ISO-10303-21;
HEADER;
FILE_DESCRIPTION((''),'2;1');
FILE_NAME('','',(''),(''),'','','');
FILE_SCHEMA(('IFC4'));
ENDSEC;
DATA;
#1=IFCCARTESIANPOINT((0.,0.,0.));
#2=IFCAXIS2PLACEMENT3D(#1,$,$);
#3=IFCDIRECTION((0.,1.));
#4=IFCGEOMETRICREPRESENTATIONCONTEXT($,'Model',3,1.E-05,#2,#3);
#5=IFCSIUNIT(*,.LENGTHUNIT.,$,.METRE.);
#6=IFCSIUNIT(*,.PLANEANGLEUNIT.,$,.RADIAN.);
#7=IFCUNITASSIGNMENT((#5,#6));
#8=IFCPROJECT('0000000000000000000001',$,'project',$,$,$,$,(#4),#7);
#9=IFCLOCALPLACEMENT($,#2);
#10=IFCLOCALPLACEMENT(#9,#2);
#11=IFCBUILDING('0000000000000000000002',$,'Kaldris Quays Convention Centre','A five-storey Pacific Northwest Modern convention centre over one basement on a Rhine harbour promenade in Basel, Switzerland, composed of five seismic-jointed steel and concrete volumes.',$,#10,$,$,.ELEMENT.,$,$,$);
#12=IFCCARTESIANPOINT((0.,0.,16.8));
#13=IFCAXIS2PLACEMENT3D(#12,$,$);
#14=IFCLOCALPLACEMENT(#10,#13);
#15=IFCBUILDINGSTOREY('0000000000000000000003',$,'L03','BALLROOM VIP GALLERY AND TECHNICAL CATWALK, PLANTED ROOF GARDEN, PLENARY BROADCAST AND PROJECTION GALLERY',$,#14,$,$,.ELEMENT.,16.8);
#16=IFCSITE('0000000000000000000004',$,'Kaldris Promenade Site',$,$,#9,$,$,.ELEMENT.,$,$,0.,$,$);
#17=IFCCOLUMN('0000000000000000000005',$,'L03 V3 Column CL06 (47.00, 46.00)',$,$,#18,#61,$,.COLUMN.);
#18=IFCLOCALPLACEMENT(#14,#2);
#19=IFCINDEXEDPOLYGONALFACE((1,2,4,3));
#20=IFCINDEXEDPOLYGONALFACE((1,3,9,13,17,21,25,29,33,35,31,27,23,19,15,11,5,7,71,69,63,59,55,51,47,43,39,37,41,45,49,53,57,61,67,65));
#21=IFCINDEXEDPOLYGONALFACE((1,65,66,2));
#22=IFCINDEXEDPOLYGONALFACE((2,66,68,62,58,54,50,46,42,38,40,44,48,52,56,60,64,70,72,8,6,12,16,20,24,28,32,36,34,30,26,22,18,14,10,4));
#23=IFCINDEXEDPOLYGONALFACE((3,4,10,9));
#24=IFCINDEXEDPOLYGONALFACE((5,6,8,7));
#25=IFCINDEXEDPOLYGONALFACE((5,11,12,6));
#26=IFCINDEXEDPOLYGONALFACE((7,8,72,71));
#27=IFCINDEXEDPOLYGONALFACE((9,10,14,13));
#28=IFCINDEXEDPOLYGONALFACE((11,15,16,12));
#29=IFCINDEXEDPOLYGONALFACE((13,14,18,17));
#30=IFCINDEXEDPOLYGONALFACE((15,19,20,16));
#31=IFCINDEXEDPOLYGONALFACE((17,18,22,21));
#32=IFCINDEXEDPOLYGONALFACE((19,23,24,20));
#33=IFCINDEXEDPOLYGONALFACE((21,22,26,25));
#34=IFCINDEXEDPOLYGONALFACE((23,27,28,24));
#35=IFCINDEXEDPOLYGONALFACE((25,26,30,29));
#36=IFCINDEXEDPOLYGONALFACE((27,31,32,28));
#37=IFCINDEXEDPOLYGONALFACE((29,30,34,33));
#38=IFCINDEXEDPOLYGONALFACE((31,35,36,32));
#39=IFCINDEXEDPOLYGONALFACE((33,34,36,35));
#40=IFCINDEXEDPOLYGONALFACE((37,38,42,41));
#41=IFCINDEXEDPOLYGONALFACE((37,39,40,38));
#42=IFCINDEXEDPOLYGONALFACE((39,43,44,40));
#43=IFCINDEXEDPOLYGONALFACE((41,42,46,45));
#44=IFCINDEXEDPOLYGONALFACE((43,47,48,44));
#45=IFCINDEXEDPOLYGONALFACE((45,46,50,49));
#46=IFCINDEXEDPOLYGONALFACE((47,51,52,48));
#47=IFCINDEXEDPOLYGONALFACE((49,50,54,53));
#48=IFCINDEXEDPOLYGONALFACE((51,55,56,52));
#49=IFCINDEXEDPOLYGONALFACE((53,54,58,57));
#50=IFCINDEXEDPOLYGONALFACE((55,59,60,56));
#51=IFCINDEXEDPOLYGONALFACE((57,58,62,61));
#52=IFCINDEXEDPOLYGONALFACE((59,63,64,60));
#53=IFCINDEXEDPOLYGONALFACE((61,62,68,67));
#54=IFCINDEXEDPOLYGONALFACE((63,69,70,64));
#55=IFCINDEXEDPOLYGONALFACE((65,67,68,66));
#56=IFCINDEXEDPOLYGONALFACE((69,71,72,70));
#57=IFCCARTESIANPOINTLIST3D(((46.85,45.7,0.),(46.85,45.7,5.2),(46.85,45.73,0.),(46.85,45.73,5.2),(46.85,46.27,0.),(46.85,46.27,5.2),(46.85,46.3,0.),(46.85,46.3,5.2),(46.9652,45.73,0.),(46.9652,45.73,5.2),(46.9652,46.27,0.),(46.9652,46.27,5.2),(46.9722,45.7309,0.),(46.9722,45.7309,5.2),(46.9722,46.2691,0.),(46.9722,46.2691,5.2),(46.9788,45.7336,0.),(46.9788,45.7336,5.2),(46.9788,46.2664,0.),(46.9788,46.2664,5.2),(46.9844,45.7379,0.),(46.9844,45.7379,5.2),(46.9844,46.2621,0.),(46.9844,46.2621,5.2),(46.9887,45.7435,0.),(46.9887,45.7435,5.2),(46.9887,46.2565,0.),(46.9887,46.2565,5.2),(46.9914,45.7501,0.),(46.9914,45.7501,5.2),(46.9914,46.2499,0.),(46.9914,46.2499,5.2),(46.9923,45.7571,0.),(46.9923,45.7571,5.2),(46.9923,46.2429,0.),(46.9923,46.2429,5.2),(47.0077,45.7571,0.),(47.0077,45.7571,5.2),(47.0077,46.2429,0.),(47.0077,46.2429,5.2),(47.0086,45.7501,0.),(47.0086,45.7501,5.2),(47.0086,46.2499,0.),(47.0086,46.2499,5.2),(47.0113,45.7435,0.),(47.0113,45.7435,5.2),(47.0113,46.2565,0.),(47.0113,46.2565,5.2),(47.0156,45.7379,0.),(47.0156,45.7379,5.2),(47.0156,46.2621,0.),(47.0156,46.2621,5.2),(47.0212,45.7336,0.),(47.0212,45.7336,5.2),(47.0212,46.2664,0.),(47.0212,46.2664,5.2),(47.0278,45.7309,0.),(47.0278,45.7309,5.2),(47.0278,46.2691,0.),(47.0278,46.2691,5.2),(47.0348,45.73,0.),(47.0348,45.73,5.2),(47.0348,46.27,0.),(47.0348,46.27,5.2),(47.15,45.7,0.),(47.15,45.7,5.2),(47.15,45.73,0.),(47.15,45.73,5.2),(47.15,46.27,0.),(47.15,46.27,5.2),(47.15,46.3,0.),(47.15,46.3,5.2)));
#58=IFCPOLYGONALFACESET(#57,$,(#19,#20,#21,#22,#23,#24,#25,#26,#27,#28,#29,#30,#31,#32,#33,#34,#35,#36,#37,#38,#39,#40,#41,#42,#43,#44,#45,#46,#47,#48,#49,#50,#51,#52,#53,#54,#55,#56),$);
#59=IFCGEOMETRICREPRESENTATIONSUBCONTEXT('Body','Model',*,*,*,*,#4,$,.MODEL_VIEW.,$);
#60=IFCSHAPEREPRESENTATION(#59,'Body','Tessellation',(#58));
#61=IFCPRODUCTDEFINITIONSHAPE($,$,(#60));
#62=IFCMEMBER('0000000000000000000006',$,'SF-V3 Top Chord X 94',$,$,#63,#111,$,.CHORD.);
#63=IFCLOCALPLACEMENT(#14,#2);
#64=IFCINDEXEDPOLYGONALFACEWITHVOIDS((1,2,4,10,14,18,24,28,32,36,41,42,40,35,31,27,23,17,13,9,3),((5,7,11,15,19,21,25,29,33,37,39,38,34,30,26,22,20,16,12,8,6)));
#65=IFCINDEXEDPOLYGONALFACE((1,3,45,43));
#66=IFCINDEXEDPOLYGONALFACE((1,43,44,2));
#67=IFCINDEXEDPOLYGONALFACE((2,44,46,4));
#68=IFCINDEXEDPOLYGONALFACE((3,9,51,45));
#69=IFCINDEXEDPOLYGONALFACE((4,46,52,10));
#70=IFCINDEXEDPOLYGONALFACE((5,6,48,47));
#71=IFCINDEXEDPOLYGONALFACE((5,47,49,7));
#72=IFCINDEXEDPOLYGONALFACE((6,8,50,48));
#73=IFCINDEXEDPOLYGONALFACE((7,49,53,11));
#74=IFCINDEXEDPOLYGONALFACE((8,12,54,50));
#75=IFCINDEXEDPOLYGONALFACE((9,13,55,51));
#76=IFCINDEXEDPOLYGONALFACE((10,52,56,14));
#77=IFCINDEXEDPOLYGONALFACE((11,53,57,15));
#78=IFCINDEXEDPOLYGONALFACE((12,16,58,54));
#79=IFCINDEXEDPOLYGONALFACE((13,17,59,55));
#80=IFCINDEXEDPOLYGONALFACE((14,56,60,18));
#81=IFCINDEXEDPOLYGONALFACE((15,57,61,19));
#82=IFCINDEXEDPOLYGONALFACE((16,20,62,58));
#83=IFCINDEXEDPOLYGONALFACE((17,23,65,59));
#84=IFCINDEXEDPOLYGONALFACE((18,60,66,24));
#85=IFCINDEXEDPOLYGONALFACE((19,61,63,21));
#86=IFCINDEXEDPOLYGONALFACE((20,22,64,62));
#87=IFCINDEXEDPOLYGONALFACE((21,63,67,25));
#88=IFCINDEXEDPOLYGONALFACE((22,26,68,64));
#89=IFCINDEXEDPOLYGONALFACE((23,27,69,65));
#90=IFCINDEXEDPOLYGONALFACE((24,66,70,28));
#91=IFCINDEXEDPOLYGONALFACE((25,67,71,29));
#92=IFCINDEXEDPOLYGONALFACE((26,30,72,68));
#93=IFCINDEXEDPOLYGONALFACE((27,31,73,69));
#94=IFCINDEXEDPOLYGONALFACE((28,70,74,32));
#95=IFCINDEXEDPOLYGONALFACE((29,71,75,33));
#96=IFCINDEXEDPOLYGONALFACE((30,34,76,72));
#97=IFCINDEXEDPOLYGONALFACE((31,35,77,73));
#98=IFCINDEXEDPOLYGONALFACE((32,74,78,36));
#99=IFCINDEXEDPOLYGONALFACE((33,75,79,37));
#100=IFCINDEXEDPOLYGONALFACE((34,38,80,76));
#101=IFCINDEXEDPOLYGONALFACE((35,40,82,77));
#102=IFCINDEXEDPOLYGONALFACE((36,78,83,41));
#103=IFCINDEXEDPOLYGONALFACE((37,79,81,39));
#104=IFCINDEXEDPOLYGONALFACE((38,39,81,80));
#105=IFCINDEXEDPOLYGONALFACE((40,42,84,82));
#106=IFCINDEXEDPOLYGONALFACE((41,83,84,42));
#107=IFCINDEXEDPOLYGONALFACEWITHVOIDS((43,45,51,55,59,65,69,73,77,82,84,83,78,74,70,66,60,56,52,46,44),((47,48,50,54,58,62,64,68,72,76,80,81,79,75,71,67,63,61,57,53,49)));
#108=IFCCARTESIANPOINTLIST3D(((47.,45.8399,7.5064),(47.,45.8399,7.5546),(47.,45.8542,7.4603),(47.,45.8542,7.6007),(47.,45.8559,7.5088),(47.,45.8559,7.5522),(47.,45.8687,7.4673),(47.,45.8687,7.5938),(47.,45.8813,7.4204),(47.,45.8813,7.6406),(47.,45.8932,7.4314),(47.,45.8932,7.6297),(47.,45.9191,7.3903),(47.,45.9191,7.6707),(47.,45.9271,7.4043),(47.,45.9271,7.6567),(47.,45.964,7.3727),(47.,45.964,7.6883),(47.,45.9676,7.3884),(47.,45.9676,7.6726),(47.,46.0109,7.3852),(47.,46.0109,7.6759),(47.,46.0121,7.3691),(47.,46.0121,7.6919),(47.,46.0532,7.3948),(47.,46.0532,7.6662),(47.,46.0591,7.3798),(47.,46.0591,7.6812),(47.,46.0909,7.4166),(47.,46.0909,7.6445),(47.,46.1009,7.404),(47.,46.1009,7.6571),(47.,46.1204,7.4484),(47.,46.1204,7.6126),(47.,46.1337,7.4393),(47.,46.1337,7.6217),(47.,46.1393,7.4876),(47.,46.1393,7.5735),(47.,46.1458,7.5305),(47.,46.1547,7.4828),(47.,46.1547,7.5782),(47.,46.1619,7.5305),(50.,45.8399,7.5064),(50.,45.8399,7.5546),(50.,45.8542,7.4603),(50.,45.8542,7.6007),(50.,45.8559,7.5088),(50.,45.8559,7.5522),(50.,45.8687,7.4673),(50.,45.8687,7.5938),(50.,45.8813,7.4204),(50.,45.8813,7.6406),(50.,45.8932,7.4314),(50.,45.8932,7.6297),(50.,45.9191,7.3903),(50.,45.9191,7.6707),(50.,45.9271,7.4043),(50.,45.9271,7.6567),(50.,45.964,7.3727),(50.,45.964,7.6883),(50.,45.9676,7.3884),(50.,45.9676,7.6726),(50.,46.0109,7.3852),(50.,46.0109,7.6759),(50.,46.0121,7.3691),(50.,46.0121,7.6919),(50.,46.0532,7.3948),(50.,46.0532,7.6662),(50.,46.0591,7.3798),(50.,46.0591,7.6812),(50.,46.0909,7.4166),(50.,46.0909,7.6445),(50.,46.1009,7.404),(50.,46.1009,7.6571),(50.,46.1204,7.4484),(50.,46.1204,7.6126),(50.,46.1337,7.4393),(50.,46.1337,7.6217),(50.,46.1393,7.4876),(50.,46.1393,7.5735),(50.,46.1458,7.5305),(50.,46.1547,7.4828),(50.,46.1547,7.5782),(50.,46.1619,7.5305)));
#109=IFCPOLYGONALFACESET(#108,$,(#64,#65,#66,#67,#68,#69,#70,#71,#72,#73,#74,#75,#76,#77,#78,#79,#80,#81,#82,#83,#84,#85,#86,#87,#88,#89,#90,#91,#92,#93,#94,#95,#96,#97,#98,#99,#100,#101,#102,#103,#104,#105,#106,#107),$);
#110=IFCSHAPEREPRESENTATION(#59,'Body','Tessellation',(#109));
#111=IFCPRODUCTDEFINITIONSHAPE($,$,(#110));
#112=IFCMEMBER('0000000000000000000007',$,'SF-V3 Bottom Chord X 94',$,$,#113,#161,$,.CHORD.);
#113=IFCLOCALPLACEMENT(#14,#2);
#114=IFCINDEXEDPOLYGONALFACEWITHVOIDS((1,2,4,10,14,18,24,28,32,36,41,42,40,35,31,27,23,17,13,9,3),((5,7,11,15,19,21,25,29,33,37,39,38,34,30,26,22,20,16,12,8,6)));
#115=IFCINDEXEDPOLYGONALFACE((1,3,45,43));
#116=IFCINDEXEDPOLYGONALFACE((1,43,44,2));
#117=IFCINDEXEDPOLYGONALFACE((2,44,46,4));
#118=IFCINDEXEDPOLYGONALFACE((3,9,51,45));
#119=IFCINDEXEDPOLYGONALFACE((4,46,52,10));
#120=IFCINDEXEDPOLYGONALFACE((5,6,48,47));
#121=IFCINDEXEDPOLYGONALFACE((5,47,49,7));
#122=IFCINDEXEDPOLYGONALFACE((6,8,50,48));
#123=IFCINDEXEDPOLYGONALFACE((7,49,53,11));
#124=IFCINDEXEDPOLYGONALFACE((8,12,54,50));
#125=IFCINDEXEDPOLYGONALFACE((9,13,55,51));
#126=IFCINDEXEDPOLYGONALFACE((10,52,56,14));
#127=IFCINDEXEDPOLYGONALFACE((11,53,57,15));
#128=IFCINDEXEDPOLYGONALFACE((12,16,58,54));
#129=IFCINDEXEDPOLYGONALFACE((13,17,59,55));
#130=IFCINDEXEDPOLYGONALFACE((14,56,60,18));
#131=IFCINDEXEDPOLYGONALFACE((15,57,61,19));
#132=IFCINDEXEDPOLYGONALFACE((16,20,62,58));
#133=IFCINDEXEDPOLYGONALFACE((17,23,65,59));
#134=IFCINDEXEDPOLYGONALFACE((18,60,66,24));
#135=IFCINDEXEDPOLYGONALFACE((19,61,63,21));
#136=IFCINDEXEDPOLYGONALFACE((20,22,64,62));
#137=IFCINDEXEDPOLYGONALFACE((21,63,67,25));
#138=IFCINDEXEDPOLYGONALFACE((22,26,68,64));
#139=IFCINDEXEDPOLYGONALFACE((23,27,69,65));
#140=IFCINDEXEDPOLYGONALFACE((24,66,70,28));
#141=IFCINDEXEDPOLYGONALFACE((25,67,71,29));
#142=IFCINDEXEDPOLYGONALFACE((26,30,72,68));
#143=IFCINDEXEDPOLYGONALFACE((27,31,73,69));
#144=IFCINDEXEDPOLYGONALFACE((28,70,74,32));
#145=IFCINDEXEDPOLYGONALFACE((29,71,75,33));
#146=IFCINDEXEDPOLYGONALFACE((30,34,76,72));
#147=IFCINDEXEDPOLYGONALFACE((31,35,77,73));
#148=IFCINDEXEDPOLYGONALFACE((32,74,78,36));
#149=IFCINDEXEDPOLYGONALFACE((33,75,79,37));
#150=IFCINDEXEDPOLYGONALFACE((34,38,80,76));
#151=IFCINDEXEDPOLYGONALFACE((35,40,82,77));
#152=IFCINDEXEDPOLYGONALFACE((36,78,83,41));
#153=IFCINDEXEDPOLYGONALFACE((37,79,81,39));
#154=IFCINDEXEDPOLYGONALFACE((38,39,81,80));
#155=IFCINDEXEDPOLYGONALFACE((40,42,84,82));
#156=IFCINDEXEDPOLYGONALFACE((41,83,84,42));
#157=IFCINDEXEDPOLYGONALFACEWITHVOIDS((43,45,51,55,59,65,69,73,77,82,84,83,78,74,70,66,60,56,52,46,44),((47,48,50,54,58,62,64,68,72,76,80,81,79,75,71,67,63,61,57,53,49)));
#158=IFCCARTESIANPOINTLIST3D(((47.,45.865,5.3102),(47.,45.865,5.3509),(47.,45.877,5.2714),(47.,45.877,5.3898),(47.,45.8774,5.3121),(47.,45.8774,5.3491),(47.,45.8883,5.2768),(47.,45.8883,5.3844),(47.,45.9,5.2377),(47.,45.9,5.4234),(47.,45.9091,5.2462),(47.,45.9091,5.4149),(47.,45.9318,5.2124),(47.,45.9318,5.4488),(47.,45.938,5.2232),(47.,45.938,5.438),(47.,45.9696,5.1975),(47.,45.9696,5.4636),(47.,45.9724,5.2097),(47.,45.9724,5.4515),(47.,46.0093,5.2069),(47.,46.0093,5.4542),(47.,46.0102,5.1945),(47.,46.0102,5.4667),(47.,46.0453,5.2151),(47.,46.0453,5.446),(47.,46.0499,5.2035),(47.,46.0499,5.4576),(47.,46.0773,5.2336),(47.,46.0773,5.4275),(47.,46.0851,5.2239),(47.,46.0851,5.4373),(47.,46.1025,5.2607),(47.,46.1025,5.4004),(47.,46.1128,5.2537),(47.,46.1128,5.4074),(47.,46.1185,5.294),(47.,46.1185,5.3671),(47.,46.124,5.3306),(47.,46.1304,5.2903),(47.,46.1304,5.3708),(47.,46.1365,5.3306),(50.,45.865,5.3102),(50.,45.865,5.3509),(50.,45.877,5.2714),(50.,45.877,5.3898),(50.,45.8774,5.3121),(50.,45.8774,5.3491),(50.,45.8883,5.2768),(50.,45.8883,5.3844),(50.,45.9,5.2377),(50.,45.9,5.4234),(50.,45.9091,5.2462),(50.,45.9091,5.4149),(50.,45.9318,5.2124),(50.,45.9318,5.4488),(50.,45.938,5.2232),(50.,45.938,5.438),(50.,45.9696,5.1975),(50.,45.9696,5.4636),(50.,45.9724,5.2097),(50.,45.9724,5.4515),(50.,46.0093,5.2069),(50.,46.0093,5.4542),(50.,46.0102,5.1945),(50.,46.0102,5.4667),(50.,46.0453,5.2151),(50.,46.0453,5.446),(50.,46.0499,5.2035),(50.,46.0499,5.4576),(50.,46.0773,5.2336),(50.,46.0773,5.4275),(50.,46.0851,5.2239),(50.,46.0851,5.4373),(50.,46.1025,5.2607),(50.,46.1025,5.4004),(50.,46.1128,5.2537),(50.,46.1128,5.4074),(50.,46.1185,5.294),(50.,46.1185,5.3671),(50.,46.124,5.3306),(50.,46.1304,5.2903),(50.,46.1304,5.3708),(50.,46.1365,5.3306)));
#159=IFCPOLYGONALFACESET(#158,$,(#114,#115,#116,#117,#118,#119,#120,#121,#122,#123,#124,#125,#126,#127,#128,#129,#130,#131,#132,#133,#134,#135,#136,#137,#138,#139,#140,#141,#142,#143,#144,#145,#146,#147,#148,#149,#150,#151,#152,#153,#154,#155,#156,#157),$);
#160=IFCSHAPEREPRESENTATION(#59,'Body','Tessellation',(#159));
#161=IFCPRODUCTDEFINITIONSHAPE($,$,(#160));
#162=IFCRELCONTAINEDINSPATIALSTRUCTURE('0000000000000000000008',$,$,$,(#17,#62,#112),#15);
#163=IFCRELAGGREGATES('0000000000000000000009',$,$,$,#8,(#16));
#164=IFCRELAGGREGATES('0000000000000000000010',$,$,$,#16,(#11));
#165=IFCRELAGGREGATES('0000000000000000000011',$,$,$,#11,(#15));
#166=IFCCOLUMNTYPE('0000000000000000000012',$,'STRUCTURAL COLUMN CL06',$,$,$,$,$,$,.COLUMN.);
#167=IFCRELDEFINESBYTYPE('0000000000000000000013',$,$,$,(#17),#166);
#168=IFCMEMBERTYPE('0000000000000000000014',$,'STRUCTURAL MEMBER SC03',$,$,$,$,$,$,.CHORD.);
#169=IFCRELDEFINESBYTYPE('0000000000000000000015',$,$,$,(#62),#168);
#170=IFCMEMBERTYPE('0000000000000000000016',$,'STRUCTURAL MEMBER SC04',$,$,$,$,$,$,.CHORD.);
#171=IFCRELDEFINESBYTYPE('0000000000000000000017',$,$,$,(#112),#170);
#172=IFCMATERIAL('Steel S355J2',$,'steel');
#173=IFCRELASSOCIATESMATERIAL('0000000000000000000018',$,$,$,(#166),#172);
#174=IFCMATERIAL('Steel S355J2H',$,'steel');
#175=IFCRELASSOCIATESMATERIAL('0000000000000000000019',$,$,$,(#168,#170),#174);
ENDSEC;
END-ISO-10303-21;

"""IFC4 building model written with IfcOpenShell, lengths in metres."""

from ifc_helpers import new_model, si_unit, direction, frame, origin, origin_2d, place, context, subcontext, project, spatial, hollow_circle, i_section, extrude, material, material_profile, profile_set, type_object, element, save


model = new_model("IFC4")

# Units and contexts
model_context = context("Model", 3, precision=1e-05, world=origin(), true_north=direction((0.0, 1.0)))
body_context = subcontext(model_context, "Body", "Model", "MODEL_VIEW")
ifc_project = project(units=[si_unit("LENGTHUNIT", "METRE"), si_unit("PLANEANGLEUNIT", "RADIAN")], contexts=[model_context])

# Site, building, storey
site_placement = place(None, origin())
site = spatial("IfcSite", under=ifc_project, at=site_placement, Name="Kaldris Promenade Site", CompositionType="ELEMENT", RefElevation=0.0)
building_placement = place(site_placement, origin())
building = spatial("IfcBuilding", under=site, at=building_placement, Name="Kaldris Quays Convention Centre", Description="A five-storey Pacific Northwest Modern convention centre over one basement on a Rhine harbour promenade in Basel, Switzerland, composed of five seismic-jointed steel and concrete volumes.", CompositionType="ELEMENT")
storey_placement = place(building_placement, frame((0.0, 0.0, 16.8)))
storey = spatial("IfcBuildingStorey", under=building, at=storey_placement, Name="L03", Description="BALLROOM VIP GALLERY AND TECHNICAL CATWALK, PLANTED ROOF GARDEN, PLENARY BROADCAST AND PROJECTION GALLERY", CompositionType="ELEMENT", Elevation=16.8)

# Column
ifc_material_1 = material(Name="Steel S355J2", Category="steel")
ifc_material_profile_1 = material_profile(ifc_material_1, i_section(OverallWidth=0.3, OverallDepth=0.6001, WebThickness=0.0154, FlangeThickness=0.03, FilletRadius=0.0271, at=origin_2d()), Name="HEB 600")
ifc_profile_set_1 = profile_set([ifc_material_profile_1], Name="Steel S355J2")
column_type = type_object("IfcColumnType", Name="STRUCTURAL COLUMN CL06", PredefinedType="COLUMN", material=ifc_profile_set_1)
column_placement = place(storey_placement, frame((47.0, 46.0, 0.0), z_axis=(0.0, 0.0, 1.0), x_axis=(1.0, 0.0, 0.0)))
element("IfcColumn", 1, at=column_placement, inside=storey, type_object=column_type, Name="L03 V3 Column CL06 (47.00, 46.00)", PredefinedType="COLUMN", context=body_context, shape_type="SweptSolid", body=[
    extrude(i_section(OverallWidth=0.3, OverallDepth=0.6001, WebThickness=0.0154, FlangeThickness=0.03, FilletRadius=0.0271, at=origin_2d()), origin(), (0.0, 0.0, 1.0), 5.2),
])

# Members
ifc_material_2 = material(Name="Steel S355J2H", Category="steel")
ifc_material_profile_2 = material_profile(ifc_material_2, hollow_circle(Radius=0.1619, WallThickness=0.0161, at=origin_2d()), Name="CHS 323.9x16")
ifc_profile_set_2 = profile_set([ifc_material_profile_2], Name="Steel S355J2H")
member_type_1 = type_object("IfcMemberType", Name="STRUCTURAL MEMBER SC03", PredefinedType="CHORD", material=ifc_profile_set_2)
member_1_placement = place(storey_placement, frame((47.0, 46.0, 7.5305), z_axis=(1.0, 0.0, 0.0), x_axis=(0.0, 1.0, 0.0)))
element("IfcMember", 2, at=member_1_placement, inside=storey, type_object=member_type_1, Name="SF-V3 Top Chord X 94", PredefinedType="CHORD", context=body_context, shape_type="SweptSolid", body=[
    extrude(hollow_circle(Radius=0.1619, WallThickness=0.0161, at=origin_2d()), origin(), (0.0, 0.0, 1.0), 3.0),
])
ifc_material_profile_3 = material_profile(ifc_material_2, hollow_circle(Radius=0.1365, WallThickness=0.0125, at=origin_2d()), Name="CHS 273x12.5")
ifc_profile_set_3 = profile_set([ifc_material_profile_3], Name="Steel S355J2H")
member_type_2 = type_object("IfcMemberType", Name="STRUCTURAL MEMBER SC04", PredefinedType="CHORD", material=ifc_profile_set_3)
member_2_placement = place(storey_placement, frame((47.0, 46.0, 5.3306), z_axis=(1.0, 0.0, 0.0), x_axis=(0.0, 1.0, 0.0)))
element("IfcMember", 3, at=member_2_placement, inside=storey, type_object=member_type_2, Name="SF-V3 Bottom Chord X 94", PredefinedType="CHORD", context=body_context, shape_type="SweptSolid", body=[
    extrude(hollow_circle(Radius=0.1365, WallThickness=0.0125, at=origin_2d()), origin(), (0.0, 0.0, 1.0), 3.0),
])

save(model, "model.ifc")
